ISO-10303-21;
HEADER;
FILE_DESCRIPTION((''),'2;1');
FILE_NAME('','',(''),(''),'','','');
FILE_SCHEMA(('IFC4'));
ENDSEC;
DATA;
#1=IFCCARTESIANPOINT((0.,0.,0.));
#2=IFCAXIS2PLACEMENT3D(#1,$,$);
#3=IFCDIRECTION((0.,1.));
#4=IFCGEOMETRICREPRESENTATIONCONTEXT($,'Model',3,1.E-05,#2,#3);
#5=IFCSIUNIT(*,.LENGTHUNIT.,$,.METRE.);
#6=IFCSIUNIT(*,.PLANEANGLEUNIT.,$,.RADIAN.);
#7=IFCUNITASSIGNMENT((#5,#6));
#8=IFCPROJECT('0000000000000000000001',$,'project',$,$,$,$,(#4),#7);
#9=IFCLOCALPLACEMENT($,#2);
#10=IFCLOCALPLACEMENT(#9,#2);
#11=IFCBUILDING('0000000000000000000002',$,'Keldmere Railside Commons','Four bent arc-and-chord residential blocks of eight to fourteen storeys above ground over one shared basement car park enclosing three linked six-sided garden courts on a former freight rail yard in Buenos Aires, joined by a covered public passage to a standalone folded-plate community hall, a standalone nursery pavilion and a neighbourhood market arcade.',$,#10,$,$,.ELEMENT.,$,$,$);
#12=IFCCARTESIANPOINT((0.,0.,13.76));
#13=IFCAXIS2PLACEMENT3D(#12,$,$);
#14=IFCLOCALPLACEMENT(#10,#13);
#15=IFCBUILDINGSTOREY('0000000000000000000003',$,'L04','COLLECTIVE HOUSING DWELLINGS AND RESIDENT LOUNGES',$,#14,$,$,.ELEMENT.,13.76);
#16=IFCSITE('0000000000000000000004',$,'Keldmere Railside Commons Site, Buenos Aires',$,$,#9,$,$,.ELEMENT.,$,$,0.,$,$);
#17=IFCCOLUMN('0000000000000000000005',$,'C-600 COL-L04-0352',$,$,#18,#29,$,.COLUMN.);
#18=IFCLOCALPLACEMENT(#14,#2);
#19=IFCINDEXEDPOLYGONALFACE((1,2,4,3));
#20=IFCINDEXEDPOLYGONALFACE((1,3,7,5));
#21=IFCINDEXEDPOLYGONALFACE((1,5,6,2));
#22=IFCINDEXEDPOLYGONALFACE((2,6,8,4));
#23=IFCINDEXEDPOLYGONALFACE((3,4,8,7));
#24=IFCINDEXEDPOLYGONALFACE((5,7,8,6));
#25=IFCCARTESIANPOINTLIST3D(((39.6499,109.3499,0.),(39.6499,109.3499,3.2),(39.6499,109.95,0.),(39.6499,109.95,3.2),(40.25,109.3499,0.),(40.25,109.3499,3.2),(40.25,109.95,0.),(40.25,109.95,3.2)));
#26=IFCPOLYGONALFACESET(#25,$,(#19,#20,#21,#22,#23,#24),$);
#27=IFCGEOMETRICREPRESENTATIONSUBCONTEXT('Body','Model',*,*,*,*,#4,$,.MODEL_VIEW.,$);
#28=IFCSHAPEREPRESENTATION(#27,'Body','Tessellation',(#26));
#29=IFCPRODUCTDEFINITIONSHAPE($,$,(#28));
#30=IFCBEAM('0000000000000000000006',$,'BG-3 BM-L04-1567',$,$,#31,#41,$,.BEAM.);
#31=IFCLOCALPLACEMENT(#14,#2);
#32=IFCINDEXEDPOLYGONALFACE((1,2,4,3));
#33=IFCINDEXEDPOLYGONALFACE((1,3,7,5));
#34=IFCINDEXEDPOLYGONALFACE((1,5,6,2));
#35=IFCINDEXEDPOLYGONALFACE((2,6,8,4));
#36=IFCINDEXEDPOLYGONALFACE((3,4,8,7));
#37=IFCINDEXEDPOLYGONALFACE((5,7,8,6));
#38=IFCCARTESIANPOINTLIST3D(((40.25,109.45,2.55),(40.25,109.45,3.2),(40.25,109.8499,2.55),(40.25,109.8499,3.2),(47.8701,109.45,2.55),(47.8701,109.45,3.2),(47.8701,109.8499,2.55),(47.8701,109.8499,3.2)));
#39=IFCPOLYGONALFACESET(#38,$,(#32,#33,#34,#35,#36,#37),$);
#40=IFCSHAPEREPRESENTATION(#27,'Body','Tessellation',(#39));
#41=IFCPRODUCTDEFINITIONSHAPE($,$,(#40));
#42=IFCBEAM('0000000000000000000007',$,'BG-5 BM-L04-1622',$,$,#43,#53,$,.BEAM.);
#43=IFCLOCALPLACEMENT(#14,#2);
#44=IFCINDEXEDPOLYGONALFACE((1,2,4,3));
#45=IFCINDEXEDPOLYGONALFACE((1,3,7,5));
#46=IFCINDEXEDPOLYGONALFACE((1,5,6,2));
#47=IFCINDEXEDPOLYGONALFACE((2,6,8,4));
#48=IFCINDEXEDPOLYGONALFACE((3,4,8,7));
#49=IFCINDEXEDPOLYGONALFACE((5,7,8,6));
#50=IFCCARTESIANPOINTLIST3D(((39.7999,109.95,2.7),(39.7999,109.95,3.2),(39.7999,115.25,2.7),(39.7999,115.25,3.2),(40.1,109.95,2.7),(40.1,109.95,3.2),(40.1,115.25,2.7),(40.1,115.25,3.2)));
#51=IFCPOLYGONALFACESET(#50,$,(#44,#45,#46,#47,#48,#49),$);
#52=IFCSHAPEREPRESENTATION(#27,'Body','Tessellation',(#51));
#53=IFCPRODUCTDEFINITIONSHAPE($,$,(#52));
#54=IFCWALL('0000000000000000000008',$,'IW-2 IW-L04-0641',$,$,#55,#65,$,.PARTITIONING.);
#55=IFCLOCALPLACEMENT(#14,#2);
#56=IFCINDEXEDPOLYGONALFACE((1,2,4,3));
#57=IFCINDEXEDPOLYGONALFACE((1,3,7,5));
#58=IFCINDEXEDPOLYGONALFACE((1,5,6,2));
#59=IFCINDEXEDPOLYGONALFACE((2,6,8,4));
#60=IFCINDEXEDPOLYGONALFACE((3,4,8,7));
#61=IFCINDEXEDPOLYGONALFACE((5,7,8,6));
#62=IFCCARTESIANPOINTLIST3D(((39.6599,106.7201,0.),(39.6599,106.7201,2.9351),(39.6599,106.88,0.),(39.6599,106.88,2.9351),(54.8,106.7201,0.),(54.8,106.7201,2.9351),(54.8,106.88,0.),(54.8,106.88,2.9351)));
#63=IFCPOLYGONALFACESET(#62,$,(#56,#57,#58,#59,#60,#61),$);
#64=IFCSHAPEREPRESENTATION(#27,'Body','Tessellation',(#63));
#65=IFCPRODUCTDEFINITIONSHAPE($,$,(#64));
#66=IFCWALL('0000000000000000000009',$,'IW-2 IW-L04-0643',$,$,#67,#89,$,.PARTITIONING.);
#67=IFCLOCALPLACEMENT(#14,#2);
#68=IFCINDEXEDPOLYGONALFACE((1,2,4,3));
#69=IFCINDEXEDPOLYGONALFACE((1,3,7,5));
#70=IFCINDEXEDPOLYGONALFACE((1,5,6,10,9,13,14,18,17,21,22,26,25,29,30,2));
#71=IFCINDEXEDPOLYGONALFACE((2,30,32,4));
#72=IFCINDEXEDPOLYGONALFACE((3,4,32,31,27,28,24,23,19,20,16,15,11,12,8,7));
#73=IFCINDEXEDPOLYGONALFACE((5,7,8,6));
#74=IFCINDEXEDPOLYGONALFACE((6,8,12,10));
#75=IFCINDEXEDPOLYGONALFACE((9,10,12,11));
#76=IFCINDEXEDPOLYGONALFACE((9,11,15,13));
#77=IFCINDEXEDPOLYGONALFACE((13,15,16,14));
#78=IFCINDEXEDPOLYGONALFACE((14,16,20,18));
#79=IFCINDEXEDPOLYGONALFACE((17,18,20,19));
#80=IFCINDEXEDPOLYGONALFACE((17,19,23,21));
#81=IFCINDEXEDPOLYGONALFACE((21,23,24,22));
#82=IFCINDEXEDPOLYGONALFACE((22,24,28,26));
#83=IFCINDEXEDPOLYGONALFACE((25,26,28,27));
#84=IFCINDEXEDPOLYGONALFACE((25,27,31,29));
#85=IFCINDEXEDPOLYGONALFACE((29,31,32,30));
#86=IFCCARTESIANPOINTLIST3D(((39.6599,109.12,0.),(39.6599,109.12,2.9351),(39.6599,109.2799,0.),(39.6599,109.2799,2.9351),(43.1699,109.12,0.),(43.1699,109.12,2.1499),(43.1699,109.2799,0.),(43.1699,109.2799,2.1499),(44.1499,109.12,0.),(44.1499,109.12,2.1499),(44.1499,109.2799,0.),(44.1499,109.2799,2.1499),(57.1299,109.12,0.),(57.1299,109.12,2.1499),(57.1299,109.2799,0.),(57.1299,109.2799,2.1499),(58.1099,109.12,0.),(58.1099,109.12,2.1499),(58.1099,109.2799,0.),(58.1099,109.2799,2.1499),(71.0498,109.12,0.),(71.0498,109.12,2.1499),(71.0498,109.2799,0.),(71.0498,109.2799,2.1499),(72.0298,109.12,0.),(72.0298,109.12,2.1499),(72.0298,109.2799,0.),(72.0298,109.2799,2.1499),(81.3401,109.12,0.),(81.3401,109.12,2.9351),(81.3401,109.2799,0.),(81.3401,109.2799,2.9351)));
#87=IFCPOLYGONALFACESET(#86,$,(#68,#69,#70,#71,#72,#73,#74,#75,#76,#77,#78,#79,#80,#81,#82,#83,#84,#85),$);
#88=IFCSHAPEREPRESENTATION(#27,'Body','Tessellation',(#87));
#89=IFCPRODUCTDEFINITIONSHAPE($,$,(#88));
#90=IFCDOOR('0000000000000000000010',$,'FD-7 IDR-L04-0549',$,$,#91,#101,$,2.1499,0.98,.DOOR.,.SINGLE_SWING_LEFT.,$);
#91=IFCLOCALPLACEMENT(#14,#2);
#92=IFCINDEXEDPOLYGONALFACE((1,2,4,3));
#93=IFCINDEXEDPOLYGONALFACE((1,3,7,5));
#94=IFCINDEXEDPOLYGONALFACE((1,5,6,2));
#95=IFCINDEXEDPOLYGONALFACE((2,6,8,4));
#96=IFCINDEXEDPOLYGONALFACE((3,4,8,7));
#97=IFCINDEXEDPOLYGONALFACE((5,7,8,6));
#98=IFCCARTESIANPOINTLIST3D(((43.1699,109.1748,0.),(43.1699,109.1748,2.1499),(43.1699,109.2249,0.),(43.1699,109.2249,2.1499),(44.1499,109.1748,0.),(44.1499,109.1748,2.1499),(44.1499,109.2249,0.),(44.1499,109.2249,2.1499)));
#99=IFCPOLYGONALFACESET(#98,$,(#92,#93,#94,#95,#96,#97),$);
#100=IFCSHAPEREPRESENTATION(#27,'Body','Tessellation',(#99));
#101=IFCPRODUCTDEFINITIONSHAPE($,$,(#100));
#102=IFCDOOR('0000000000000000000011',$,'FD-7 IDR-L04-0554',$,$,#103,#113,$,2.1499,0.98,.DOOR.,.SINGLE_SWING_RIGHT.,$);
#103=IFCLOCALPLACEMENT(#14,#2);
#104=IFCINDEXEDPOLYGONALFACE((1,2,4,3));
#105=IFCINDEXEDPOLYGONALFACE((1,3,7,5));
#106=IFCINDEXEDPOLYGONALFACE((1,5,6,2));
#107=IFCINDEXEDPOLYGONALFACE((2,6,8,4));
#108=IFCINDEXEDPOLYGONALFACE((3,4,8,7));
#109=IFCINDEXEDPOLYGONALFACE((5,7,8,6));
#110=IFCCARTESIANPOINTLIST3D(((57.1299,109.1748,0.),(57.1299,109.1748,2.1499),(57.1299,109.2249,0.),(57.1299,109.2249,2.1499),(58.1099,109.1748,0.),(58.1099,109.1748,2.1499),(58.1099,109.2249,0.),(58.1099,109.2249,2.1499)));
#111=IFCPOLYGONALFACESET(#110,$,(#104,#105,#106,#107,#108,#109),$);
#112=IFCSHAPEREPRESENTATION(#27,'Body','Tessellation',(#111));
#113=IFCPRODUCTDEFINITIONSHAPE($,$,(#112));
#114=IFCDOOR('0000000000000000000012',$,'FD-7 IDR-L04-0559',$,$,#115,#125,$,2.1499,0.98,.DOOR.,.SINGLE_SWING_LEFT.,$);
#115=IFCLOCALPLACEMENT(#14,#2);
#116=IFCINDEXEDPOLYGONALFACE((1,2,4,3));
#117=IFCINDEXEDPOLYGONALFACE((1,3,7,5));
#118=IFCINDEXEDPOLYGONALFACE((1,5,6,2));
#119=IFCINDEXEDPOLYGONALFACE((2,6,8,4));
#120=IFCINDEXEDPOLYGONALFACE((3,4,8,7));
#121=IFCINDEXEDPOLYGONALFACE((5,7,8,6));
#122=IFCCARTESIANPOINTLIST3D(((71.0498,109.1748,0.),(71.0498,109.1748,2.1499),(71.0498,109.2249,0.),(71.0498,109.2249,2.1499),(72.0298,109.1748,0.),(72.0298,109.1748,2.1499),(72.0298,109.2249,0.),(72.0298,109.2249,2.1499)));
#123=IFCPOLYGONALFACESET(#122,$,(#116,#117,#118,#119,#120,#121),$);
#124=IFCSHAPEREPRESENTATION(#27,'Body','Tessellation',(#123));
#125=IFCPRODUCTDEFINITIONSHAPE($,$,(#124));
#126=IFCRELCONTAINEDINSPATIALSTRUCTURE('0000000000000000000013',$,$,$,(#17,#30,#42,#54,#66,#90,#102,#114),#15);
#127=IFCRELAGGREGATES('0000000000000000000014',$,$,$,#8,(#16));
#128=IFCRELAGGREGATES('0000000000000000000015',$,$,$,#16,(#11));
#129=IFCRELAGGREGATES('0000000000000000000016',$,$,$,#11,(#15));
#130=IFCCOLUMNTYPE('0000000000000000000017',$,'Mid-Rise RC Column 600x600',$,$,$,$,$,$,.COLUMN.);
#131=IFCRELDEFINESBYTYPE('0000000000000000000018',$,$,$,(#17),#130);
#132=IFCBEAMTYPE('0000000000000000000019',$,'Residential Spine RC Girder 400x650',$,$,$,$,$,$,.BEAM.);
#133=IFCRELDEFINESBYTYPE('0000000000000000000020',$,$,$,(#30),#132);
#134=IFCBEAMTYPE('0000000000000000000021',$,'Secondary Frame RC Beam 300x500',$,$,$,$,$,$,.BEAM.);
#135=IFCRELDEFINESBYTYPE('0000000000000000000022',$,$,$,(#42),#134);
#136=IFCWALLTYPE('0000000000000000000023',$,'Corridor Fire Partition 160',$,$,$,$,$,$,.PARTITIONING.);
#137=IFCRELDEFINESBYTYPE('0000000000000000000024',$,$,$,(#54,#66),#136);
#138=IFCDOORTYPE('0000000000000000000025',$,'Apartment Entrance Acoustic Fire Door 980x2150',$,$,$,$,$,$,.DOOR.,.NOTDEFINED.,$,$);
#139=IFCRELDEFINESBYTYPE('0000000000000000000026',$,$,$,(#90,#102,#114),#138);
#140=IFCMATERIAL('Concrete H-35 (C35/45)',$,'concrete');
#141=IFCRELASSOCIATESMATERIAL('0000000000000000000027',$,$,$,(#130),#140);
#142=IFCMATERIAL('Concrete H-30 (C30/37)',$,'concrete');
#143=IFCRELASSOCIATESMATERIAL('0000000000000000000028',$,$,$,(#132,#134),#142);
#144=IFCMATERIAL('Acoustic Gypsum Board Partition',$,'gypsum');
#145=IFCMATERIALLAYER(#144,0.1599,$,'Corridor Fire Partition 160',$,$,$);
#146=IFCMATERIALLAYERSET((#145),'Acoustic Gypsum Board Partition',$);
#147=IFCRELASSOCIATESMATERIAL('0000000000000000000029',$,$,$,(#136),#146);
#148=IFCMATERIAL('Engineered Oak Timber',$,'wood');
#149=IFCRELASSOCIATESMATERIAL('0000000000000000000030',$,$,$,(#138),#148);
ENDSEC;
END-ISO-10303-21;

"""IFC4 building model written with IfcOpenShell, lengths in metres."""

from ifc_helpers import new_model, si_unit, direction, frame, frame_2d, origin, origin_2d, place, context, subcontext, project, spatial, rectangle, extrude, material, layer, layer_set, material_profile, profile_set, type_object, element, fill, save


model = new_model("IFC4")

# Units and contexts
model_context = context("Model", 3, precision=1e-05, world=origin(), true_north=direction((0.0, 1.0)))
body_context = subcontext(model_context, "Body", "Model", "MODEL_VIEW")
ifc_project = project(units=[si_unit("LENGTHUNIT", "METRE"), si_unit("PLANEANGLEUNIT", "RADIAN")], contexts=[model_context])

# Site, building, storey
site_placement = place(None, origin())
site = spatial("IfcSite", under=ifc_project, at=site_placement, Name="Keldmere Railside Commons Site, Buenos Aires", CompositionType="ELEMENT", RefElevation=0.0)
building_placement = place(site_placement, origin())
building = spatial("IfcBuilding", under=site, at=building_placement, Name="Keldmere Railside Commons", Description="Four bent arc-and-chord residential blocks of eight to fourteen storeys above ground over one shared basement car park enclosing three linked six-sided garden courts on a former freight rail yard in Buenos Aires, joined by a covered public passage to a standalone folded-plate community hall, a standalone nursery pavilion and a neighbourhood market arcade.", CompositionType="ELEMENT")
storey_placement = place(building_placement, frame((0.0, 0.0, 13.76)))
storey = spatial("IfcBuildingStorey", under=building, at=storey_placement, Name="L04", Description="COLLECTIVE HOUSING DWELLINGS AND RESIDENT LOUNGES", CompositionType="ELEMENT", Elevation=13.76)

# Column
ifc_material_1 = material(Name="Concrete H-35 (C35/45)", Category="concrete")
ifc_material_profile_1 = material_profile(ifc_material_1, rectangle(XDim=0.6001, YDim=0.6001, at=origin_2d()), Name="RC-600x600")
ifc_profile_set_1 = profile_set([ifc_material_profile_1], Name="Concrete H-35 (C35/45)")
column_type = type_object("IfcColumnType", Name="Mid-Rise RC Column 600x600", PredefinedType="COLUMN", material=ifc_profile_set_1)
column_placement = place(storey_placement, frame((39.95, 109.6499, 0.0), z_axis=(0.0, 0.0, 1.0), x_axis=(1.0, 0.0, 0.0)))
element("IfcColumn", 1, at=column_placement, inside=storey, type_object=column_type, Name="C-600 COL-L04-0352", PredefinedType="COLUMN", context=body_context, shape_type="SweptSolid", body=[
    extrude(rectangle(XDim=0.6001, YDim=0.6001, at=origin_2d()), origin(), (0.0, 0.0, 1.0), 3.2),
])

# Beams
ifc_material_2 = material(Name="Concrete H-30 (C30/37)", Category="concrete")
ifc_material_profile_2 = material_profile(ifc_material_2, rectangle(XDim=0.3999, YDim=0.6499, at=origin_2d()), Name="RC-400x650")
ifc_profile_set_2 = profile_set([ifc_material_profile_2], Name="Concrete H-30 (C30/37)")
beam_type_1 = type_object("IfcBeamType", Name="Residential Spine RC Girder 400x650", PredefinedType="BEAM", material=ifc_profile_set_2)
beam_1_placement = place(storey_placement, frame((40.25, 109.6499, 2.875), z_axis=(1.0, 0.0, 0.0), x_axis=(0.0, 1.0, 0.0)))
element("IfcBeam", 2, at=beam_1_placement, inside=storey, type_object=beam_type_1, Name="BG-3 BM-L04-1567", PredefinedType="BEAM", context=body_context, shape_type="SweptSolid", body=[
    extrude(rectangle(XDim=0.3999, YDim=0.6499, at=origin_2d()), origin(), (0.0, 0.0, 1.0), 7.6201),
])
ifc_material_profile_3 = material_profile(ifc_material_2, rectangle(XDim=0.3, YDim=0.5, at=origin_2d()), Name="RC-300x500")
ifc_profile_set_3 = profile_set([ifc_material_profile_3], Name="Concrete H-30 (C30/37)")
beam_type_2 = type_object("IfcBeamType", Name="Secondary Frame RC Beam 300x500", PredefinedType="BEAM", material=ifc_profile_set_3)
beam_2_placement = place(storey_placement, frame((39.95, 109.95, 2.95), z_axis=(0.0, 1.0, 0.0), x_axis=(-1.0, 0.0, 0.0)))
element("IfcBeam", 3, at=beam_2_placement, inside=storey, type_object=beam_type_2, Name="BG-5 BM-L04-1622", PredefinedType="BEAM", context=body_context, shape_type="SweptSolid", body=[
    extrude(rectangle(XDim=0.3, YDim=0.5, at=origin_2d()), origin(), (0.0, 0.0, 1.0), 5.3),
])

# Wall
ifc_material_3 = material(Name="Acoustic Gypsum Board Partition", Category="gypsum")
ifc_layer_1 = layer(ifc_material_3, 0.1599, Name="Corridor Fire Partition 160")
ifc_layer_set_1 = layer_set([ifc_layer_1], Name="Acoustic Gypsum Board Partition")
wall_type = type_object("IfcWallType", Name="Corridor Fire Partition 160", PredefinedType="PARTITIONING", material=ifc_layer_set_1)
wall_1_placement = place(storey_placement, frame((39.6599, 106.8, 0.0), z_axis=(0.0, 0.0, 1.0), x_axis=(1.0, 0.0, 0.0)))
element("IfcWall", 4, at=wall_1_placement, inside=storey, type_object=wall_type, Name="IW-2 IW-L04-0641", PredefinedType="PARTITIONING", context=body_context, shape_type="SweptSolid", body=[
    extrude(rectangle(XDim=15.1401, YDim=0.1599, at=frame_2d((7.5701, 0.0))), origin(), (0.0, 0.0, 1.0), 2.9351),
])

# Wall, openings, doors
wall_2_placement = place(storey_placement, frame((39.6599, 109.2, 0.0), z_axis=(0.0, 0.0, 1.0), x_axis=(1.0, 0.0, 0.0)))
wall_2 = element("IfcWall", 5, at=wall_2_placement, inside=storey, type_object=wall_type, Name="IW-2 IW-L04-0643", PredefinedType="PARTITIONING", context=body_context, shape_type="SweptSolid", body=[
    extrude(rectangle(XDim=41.6802, YDim=0.1599, at=frame_2d((20.8401, 0.0))), origin(), (0.0, 0.0, 1.0), 2.9351),
])
opening_1_placement = place(wall_2_placement, frame((3.51, 0.0, 0.0)))
opening_1 = element("IfcOpeningElement", 6, at=opening_1_placement, cuts=wall_2, PredefinedType="OPENING", context=body_context, shape_type="SweptSolid", body=[
    extrude(rectangle(XDim=0.98, YDim=2.1499, at=frame_2d((0.49, 1.075))), frame((0.0, 0.0898, 0.0), z_axis=(0.0, -1.0, 0.0), x_axis=(1.0, 0.0, 0.0)), (0.0, 0.0, 1.0), 0.1799),
])
opening_2_placement = place(wall_2_placement, frame((17.47, 0.0, 0.0)))
opening_2 = element("IfcOpeningElement", 7, at=opening_2_placement, cuts=wall_2, PredefinedType="OPENING", context=body_context, shape_type="SweptSolid", body=[
    extrude(rectangle(XDim=0.98, YDim=2.1499, at=frame_2d((0.49, 1.075))), frame((0.0, 0.0898, 0.0), z_axis=(0.0, -1.0, 0.0), x_axis=(1.0, 0.0, 0.0)), (0.0, 0.0, 1.0), 0.1799),
])
opening_3_placement = place(wall_2_placement, frame((31.3899, 0.0, 0.0)))
opening_3 = element("IfcOpeningElement", 8, at=opening_3_placement, cuts=wall_2, PredefinedType="OPENING", context=body_context, shape_type="SweptSolid", body=[
    extrude(rectangle(XDim=0.98, YDim=2.1499, at=frame_2d((0.49, 1.075))), frame((0.0, 0.0898, 0.0), z_axis=(0.0, -1.0, 0.0), x_axis=(1.0, 0.0, 0.0)), (0.0, 0.0, 1.0), 0.1799),
])
ifc_material_4 = material(Name="Engineered Oak Timber", Category="wood")
door_type = type_object("IfcDoorType", Name="Apartment Entrance Acoustic Fire Door 980x2150", OperationType="NOTDEFINED", PredefinedType="DOOR", material=ifc_material_4)
door_1_placement = place(opening_1_placement, origin())
door_1 = element("IfcDoor", 9, at=door_1_placement, inside=storey, type_object=door_type, Name="FD-7 IDR-L04-0549", OperationType="SINGLE_SWING_LEFT", OverallHeight=2.1499, OverallWidth=0.98, PredefinedType="DOOR", context=body_context, shape_type="SweptSolid", body=[
    extrude(rectangle(XDim=0.98, YDim=2.1499, at=frame_2d((0.49, 1.075))), frame((0.0, 0.0249, 0.0), z_axis=(0.0, -1.0, 0.0), x_axis=(1.0, 0.0, 0.0)), (0.0, 0.0, 1.0), 0.05),
])
fill(opening_1, door_1)
door_2_placement = place(opening_2_placement, origin())
door_2 = element("IfcDoor", 10, at=door_2_placement, inside=storey, type_object=door_type, Name="FD-7 IDR-L04-0554", OperationType="SINGLE_SWING_RIGHT", OverallHeight=2.1499, OverallWidth=0.98, PredefinedType="DOOR", context=body_context, shape_type="SweptSolid", body=[
    extrude(rectangle(XDim=0.98, YDim=2.1499, at=frame_2d((0.49, 1.075))), frame((0.0, 0.0249, 0.0), z_axis=(0.0, -1.0, 0.0), x_axis=(1.0, 0.0, 0.0)), (0.0, 0.0, 1.0), 0.05),
])
fill(opening_2, door_2)
door_3_placement = place(opening_3_placement, origin())
door_3 = element("IfcDoor", 11, at=door_3_placement, inside=storey, type_object=door_type, Name="FD-7 IDR-L04-0559", OperationType="SINGLE_SWING_LEFT", OverallHeight=2.1499, OverallWidth=0.98, PredefinedType="DOOR", context=body_context, shape_type="SweptSolid", body=[
    extrude(rectangle(XDim=0.98, YDim=2.1499, at=frame_2d((0.49, 1.075))), frame((0.0, 0.0249, 0.0), z_axis=(0.0, -1.0, 0.0), x_axis=(1.0, 0.0, 0.0)), (0.0, 0.0, 1.0), 0.05),
])
fill(opening_3, door_3)

save(model, "model.ifc")
